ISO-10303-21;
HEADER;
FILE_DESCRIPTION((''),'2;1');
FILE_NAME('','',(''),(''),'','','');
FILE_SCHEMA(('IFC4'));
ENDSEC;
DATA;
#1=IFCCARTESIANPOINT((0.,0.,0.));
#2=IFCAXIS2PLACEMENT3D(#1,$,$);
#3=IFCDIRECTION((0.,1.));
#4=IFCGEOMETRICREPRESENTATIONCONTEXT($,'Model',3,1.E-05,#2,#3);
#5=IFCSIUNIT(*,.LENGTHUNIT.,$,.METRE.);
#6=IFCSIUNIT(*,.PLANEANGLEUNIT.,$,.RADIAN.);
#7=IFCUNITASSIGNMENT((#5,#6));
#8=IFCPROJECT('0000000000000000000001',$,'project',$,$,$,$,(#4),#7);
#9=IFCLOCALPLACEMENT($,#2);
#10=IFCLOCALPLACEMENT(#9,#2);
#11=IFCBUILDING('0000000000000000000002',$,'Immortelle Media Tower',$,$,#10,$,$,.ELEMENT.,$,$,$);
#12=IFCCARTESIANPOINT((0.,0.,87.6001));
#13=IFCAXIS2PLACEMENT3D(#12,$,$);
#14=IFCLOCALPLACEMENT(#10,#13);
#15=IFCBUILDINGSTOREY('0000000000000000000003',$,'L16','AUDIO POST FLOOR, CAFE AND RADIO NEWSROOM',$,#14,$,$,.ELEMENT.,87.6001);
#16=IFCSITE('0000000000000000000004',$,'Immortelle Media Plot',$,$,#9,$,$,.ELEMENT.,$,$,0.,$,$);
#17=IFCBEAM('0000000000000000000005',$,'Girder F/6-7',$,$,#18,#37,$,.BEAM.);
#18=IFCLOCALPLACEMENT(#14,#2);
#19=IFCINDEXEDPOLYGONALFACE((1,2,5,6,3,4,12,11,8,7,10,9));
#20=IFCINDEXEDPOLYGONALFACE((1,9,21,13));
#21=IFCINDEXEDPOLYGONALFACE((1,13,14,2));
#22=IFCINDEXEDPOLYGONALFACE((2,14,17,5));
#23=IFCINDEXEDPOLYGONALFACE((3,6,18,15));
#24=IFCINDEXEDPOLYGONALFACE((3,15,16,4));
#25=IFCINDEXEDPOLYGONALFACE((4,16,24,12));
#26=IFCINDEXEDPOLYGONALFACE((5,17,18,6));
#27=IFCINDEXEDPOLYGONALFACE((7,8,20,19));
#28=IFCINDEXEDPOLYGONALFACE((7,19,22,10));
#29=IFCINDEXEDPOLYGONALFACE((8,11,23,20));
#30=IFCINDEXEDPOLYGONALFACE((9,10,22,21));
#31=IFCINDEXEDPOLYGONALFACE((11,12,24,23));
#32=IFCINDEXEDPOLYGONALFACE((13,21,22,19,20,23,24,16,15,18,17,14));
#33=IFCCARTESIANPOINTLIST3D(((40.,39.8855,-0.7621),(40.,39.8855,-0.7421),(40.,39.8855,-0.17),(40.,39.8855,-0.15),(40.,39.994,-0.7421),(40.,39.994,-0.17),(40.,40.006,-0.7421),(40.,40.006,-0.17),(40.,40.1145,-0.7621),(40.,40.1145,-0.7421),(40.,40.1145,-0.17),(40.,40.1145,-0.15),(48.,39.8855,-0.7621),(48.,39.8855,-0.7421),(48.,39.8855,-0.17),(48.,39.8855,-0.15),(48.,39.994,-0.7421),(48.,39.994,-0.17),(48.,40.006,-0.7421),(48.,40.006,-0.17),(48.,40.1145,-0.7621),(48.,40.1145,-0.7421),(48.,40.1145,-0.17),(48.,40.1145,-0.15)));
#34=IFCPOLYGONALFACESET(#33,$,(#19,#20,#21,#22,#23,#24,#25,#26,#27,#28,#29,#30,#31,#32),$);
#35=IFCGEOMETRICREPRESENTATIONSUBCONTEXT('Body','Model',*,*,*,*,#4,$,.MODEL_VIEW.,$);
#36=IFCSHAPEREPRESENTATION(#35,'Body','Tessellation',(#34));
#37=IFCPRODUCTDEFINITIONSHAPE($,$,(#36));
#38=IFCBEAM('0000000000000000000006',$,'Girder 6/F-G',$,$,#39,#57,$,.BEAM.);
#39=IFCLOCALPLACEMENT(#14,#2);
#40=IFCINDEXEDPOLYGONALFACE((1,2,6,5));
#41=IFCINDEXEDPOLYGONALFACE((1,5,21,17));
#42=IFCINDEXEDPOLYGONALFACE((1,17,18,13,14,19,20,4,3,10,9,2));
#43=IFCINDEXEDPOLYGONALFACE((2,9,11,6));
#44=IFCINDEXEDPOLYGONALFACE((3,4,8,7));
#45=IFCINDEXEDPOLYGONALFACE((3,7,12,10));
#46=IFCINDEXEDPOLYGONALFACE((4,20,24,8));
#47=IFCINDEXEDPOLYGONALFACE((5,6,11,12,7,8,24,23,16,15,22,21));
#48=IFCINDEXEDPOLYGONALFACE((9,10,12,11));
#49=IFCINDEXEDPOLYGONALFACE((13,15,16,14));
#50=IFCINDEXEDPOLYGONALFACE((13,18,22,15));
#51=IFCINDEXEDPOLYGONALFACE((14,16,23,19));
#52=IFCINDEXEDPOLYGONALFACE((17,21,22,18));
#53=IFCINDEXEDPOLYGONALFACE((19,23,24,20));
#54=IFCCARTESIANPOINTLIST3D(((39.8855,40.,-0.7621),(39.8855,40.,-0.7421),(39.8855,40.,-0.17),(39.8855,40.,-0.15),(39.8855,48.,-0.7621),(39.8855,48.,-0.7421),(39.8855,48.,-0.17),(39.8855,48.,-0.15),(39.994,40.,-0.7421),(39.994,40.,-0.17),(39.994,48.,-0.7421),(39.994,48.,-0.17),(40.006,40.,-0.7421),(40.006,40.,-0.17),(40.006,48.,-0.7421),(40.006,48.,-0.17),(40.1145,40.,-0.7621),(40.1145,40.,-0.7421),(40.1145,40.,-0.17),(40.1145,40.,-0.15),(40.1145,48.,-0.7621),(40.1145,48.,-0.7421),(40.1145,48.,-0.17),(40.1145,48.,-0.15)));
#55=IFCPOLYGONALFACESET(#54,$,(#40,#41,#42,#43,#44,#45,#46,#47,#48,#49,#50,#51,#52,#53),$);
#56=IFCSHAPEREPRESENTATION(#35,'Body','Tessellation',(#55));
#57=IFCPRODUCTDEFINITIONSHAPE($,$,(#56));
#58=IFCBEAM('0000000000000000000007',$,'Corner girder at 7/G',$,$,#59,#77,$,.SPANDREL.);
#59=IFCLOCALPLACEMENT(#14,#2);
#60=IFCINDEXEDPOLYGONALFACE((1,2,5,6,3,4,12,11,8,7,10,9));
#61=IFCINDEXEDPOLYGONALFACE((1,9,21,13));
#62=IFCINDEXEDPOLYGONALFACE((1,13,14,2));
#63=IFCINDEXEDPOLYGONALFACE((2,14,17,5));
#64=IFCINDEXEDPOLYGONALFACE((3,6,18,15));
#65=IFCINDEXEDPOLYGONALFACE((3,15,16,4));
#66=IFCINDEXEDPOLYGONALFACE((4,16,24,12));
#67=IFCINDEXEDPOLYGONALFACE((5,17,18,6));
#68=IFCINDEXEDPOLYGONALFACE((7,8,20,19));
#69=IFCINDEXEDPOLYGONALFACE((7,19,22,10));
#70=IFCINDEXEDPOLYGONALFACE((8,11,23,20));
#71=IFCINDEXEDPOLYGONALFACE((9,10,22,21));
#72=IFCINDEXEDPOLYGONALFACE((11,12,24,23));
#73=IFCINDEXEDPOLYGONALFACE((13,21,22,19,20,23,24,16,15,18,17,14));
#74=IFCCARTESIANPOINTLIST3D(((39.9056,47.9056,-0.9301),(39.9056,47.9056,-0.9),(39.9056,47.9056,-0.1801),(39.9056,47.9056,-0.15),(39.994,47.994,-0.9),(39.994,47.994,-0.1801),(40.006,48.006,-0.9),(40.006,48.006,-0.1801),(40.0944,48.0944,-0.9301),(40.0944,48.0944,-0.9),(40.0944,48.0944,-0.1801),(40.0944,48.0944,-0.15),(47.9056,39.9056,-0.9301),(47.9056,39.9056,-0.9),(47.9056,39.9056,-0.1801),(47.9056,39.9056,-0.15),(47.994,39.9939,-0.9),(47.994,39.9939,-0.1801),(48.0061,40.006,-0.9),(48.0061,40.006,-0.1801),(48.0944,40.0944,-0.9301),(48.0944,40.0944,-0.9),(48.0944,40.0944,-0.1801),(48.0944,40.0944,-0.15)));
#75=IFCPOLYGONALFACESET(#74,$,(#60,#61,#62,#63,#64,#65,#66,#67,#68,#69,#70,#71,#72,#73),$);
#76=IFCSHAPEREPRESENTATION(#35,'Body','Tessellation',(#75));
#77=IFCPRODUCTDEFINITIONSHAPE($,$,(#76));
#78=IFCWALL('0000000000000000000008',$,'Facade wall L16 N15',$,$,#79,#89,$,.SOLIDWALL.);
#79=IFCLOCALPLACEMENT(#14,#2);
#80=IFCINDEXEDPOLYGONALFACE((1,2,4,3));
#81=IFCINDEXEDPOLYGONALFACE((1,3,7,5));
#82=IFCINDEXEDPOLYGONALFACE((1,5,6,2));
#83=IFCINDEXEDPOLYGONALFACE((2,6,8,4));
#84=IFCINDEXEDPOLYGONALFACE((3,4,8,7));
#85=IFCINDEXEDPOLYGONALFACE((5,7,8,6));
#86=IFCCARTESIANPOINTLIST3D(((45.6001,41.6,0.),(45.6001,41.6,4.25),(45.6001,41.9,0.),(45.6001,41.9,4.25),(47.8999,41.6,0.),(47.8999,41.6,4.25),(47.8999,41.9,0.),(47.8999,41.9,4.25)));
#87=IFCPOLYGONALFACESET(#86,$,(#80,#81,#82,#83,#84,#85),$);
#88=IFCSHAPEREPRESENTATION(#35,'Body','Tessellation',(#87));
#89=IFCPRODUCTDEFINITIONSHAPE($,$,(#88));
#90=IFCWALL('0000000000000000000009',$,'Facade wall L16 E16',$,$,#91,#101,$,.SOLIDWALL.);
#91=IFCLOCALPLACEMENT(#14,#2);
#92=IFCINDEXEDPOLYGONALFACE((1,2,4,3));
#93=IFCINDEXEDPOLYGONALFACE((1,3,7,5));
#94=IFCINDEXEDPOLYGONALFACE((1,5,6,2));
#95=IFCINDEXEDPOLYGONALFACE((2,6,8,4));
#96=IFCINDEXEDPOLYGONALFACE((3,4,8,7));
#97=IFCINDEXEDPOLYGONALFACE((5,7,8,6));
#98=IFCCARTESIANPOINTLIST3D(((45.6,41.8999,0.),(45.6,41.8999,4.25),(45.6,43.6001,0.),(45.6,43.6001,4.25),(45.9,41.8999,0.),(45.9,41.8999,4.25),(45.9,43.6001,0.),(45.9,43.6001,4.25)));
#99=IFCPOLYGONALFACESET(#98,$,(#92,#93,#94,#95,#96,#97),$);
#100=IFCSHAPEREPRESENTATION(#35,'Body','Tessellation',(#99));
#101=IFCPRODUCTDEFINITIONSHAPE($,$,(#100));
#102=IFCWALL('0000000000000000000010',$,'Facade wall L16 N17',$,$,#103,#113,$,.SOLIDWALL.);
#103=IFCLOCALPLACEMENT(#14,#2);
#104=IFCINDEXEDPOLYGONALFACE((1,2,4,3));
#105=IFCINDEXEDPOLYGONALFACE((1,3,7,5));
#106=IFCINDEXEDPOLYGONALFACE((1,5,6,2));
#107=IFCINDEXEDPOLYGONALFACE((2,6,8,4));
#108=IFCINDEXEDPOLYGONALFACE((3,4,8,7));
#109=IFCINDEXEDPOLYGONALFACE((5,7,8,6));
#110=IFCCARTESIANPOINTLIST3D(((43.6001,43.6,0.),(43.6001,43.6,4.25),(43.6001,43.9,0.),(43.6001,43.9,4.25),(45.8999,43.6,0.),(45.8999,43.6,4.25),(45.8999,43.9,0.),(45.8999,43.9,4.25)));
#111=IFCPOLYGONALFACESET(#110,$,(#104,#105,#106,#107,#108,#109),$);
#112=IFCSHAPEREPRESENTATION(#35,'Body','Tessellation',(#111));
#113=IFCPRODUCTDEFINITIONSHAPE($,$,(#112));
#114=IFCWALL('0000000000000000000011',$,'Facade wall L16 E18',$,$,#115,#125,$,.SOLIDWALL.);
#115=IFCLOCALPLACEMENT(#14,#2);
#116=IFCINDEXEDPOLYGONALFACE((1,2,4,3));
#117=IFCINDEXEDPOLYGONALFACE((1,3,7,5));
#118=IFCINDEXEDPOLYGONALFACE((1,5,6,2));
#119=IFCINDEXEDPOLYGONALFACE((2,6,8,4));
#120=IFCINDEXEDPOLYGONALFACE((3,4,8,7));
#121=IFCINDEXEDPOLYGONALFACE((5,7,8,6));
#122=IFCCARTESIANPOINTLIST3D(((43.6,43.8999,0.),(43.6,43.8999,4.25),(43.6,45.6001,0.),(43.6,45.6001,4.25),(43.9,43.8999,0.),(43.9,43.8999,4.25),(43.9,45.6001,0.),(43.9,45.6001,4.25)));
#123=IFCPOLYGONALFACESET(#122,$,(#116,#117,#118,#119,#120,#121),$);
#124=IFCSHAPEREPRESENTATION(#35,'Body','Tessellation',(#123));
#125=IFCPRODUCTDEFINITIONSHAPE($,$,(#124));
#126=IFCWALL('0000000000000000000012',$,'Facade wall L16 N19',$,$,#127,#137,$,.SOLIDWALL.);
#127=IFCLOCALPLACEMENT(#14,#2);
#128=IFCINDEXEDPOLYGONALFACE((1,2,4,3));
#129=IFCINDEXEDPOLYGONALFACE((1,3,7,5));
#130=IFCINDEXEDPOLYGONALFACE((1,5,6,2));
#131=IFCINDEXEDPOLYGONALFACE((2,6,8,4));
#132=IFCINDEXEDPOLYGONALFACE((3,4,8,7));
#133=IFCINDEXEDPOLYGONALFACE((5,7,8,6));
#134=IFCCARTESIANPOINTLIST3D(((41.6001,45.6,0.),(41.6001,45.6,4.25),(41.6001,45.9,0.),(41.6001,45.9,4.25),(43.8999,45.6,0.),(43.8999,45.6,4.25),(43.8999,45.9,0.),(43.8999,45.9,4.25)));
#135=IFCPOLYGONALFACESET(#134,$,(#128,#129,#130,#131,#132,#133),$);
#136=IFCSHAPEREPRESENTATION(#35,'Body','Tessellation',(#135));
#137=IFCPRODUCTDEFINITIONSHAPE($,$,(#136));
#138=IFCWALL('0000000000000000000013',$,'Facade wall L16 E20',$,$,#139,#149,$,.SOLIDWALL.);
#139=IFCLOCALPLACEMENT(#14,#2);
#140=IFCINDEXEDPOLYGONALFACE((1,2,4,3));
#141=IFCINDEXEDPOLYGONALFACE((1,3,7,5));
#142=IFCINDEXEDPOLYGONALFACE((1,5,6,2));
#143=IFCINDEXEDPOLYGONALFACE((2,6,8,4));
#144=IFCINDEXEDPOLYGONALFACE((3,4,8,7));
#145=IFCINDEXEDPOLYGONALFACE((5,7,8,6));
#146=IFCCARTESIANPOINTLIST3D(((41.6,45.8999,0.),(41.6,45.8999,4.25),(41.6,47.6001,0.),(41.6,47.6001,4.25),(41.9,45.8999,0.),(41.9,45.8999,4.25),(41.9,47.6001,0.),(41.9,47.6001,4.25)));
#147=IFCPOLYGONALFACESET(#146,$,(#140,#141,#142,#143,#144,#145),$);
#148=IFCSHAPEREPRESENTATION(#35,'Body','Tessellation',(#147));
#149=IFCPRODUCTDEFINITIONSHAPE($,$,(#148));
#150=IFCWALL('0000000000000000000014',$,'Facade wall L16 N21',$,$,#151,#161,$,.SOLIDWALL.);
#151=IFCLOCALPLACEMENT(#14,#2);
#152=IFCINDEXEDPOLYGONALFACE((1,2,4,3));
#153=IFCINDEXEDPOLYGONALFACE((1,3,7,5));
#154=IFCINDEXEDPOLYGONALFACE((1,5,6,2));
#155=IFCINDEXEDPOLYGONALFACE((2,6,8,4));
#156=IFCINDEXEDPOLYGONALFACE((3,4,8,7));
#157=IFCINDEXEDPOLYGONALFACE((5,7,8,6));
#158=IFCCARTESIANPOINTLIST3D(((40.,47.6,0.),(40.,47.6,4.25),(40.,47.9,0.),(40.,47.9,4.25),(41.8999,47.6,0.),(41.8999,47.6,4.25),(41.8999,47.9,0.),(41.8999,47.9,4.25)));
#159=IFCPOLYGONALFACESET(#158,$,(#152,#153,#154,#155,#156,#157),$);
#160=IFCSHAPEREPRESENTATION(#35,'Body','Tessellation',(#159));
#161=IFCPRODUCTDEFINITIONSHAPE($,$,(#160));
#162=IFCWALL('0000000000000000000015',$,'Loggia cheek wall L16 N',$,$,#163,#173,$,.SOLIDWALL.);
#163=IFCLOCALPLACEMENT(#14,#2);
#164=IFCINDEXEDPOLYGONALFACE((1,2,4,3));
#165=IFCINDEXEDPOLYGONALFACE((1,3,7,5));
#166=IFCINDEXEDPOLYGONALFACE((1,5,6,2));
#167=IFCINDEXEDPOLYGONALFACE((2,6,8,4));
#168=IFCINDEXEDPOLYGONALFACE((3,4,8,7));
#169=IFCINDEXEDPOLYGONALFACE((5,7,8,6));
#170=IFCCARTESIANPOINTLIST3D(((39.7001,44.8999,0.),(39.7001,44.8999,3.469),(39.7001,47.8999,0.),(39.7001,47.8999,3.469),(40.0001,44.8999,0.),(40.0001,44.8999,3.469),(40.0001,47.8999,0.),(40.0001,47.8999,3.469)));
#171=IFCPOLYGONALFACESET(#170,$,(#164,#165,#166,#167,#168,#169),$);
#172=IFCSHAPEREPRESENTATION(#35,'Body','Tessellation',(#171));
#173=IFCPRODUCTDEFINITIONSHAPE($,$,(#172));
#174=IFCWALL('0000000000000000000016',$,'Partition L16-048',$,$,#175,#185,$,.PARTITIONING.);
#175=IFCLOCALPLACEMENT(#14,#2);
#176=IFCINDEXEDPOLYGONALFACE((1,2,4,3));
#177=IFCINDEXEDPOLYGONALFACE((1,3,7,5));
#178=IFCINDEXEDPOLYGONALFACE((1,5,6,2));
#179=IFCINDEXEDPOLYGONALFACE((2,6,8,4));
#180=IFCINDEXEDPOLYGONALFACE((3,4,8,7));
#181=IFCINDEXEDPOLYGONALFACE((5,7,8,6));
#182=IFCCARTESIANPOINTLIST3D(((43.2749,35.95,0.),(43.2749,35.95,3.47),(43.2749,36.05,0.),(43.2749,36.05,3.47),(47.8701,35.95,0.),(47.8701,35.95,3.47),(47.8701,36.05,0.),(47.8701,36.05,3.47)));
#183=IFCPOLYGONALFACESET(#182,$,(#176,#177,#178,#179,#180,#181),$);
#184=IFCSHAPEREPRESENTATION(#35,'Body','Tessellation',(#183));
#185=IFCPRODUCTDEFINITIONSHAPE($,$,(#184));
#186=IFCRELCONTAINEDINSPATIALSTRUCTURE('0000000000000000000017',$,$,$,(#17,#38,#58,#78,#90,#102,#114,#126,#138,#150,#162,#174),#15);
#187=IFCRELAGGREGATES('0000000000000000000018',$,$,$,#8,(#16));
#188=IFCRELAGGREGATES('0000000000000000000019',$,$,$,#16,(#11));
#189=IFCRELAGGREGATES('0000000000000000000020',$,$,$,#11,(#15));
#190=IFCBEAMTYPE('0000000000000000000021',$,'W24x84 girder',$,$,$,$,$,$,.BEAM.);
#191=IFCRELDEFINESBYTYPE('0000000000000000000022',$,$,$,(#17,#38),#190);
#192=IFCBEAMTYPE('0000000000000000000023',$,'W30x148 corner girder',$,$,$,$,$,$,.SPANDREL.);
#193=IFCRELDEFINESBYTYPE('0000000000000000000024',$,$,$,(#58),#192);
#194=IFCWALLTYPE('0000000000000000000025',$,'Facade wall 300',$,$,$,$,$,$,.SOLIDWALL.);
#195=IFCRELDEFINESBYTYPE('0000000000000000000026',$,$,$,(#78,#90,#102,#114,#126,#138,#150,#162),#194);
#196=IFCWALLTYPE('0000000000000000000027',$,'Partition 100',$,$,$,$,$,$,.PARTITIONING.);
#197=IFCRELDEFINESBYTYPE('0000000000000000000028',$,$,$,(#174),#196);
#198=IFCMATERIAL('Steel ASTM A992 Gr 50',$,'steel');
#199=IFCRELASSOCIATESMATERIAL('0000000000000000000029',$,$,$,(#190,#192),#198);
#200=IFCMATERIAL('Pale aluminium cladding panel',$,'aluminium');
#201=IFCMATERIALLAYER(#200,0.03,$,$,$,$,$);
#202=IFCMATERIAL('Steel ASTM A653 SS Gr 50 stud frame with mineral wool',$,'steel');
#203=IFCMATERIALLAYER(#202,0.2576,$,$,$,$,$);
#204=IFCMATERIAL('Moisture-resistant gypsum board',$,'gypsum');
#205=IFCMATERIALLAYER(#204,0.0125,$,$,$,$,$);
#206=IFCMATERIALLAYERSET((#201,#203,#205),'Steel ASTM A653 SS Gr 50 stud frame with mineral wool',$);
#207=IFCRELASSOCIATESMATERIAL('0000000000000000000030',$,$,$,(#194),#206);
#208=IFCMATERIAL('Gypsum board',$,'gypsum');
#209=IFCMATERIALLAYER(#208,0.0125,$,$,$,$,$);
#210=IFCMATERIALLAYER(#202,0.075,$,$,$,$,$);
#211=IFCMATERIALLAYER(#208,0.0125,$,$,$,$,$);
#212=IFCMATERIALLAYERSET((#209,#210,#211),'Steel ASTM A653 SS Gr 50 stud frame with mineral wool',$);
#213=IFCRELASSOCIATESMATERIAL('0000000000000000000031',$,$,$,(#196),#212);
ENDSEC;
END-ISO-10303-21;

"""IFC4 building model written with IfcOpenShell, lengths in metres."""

from ifc_helpers import new_model, si_unit, direction, frame, frame_2d, origin, origin_2d, place, context, subcontext, project, spatial, rectangle, i_section, extrude, material, layer, layer_set, material_profile, profile_set, type_object, element, save


model = new_model("IFC4")

# Units and contexts
model_context = context("Model", 3, precision=1e-05, world=origin(), true_north=direction((0.0, 1.0)))
body_context = subcontext(model_context, "Body", "Model", "MODEL_VIEW")
ifc_project = project(units=[si_unit("LENGTHUNIT", "METRE"), si_unit("PLANEANGLEUNIT", "RADIAN")], contexts=[model_context])

# Site, building, storey
site_placement = place(None, origin())
site = spatial("IfcSite", under=ifc_project, at=site_placement, Name="Immortelle Media Plot", CompositionType="ELEMENT", RefElevation=0.0)
building_placement = place(site_placement, origin())
building = spatial("IfcBuilding", under=site, at=building_placement, Name="Immortelle Media Tower", CompositionType="ELEMENT")
storey_placement = place(building_placement, frame((0.0, 0.0, 87.6001)))
storey = spatial("IfcBuildingStorey", under=building, at=storey_placement, Name="L16", Description="AUDIO POST FLOOR, CAFE AND RADIO NEWSROOM", CompositionType="ELEMENT", Elevation=87.6001)

# Shared definitions
ifc_material_1 = material(Name="Steel ASTM A992 Gr 50", Category="steel")

# Beams
ifc_material_profile_1 = material_profile(ifc_material_1, i_section(OverallWidth=0.229, OverallDepth=0.6121, WebThickness=0.012, FlangeThickness=0.02, at=origin_2d()), Name="W24x84")
ifc_profile_set_1 = profile_set([ifc_material_profile_1], Name="Steel ASTM A992 Gr 50")
beam_type_1 = type_object("IfcBeamType", Name="W24x84 girder", PredefinedType="BEAM", material=ifc_profile_set_1)
for number, where, z_axis, x_axis, name in (
    (1, (40.0, 40.0, -0.4561), (1.0, 0.0, 0.0), (0.0, 1.0, 0.0), "Girder F/6-7"),
    (2, (40.0, 40.0, -0.4561), (0.0, 1.0, 0.0), (-1.0, 0.0, 0.0), "Girder 6/F-G"),
):
    element("IfcBeam", number, at=place(storey_placement, frame(where, z_axis=z_axis, x_axis=x_axis)), inside=storey, type_object=beam_type_1, Name=name, PredefinedType="BEAM", context=body_context, shape_type="SweptSolid", body=[
        extrude(i_section(OverallWidth=0.229, OverallDepth=0.6121, WebThickness=0.012, FlangeThickness=0.02, at=origin_2d()), origin(), (0.0, 0.0, 1.0), 8.0),
    ])
ifc_material_profile_2 = material_profile(ifc_material_1, i_section(OverallWidth=0.2671, OverallDepth=0.78, WebThickness=0.0171, FlangeThickness=0.03, at=origin_2d()), Name="W30x148")
ifc_profile_set_2 = profile_set([ifc_material_profile_2], Name="Steel ASTM A992 Gr 50")
beam_type_2 = type_object("IfcBeamType", Name="W30x148 corner girder", PredefinedType="SPANDREL", material=ifc_profile_set_2)
beam_1_placement = place(storey_placement, frame((40.0, 48.0, -0.54), z_axis=(0.707107, -0.707107, 0.0), x_axis=(0.707107, 0.707107, 0.0)))
element("IfcBeam", 3, at=beam_1_placement, inside=storey, type_object=beam_type_2, Name="Corner girder at 7/G", PredefinedType="SPANDREL", context=body_context, shape_type="SweptSolid", body=[
    extrude(i_section(OverallWidth=0.2671, OverallDepth=0.78, WebThickness=0.0171, FlangeThickness=0.03, at=origin_2d()), origin(), (0.0, 0.0, 1.0), 11.3137),
])

# Walls
ifc_material_2 = material(Name="Pale aluminium cladding panel", Category="aluminium")
ifc_layer_1 = layer(ifc_material_2, 0.03)
ifc_material_3 = material(Name="Steel ASTM A653 SS Gr 50 stud frame with mineral wool", Category="steel")
ifc_layer_2 = layer(ifc_material_3, 0.2576)
ifc_material_4 = material(Name="Moisture-resistant gypsum board", Category="gypsum")
ifc_layer_3 = layer(ifc_material_4, 0.0125)
ifc_layer_set_1 = layer_set([ifc_layer_1, ifc_layer_2, ifc_layer_3], Name="Steel ASTM A653 SS Gr 50 stud frame with mineral wool")
wall_type_1 = type_object("IfcWallType", Name="Facade wall 300", PredefinedType="SOLIDWALL", material=ifc_layer_set_1)
wall_1_placement = place(storey_placement, frame((47.8999, 41.75, 0.0), z_axis=(0.0, 0.0, 1.0), x_axis=(-1.0, 0.0, 0.0)))
element("IfcWall", 4, at=wall_1_placement, inside=storey, type_object=wall_type_1, Name="Facade wall L16 N15", PredefinedType="SOLIDWALL", context=body_context, shape_type="SweptSolid", body=[
    extrude(rectangle(XDim=2.2998, YDim=0.3, at=frame_2d((1.1499, 0.0))), origin(), (0.0, 0.0, 1.0), 4.25),
])
wall_2_placement = place(storey_placement, frame((45.75, 41.8999, 0.0), z_axis=(0.0, 0.0, 1.0), x_axis=(0.0, 1.0, 0.0)))
element("IfcWall", 5, at=wall_2_placement, inside=storey, type_object=wall_type_1, Name="Facade wall L16 E16", PredefinedType="SOLIDWALL", context=body_context, shape_type="SweptSolid", body=[
    extrude(rectangle(XDim=1.7002, YDim=0.3, at=frame_2d((0.8501, 0.0))), origin(), (0.0, 0.0, 1.0), 4.25),
])
wall_3_placement = place(storey_placement, frame((45.8999, 43.75, 0.0), z_axis=(0.0, 0.0, 1.0), x_axis=(-1.0, 0.0, 0.0)))
element("IfcWall", 6, at=wall_3_placement, inside=storey, type_object=wall_type_1, Name="Facade wall L16 N17", PredefinedType="SOLIDWALL", context=body_context, shape_type="SweptSolid", body=[
    extrude(rectangle(XDim=2.2998, YDim=0.3, at=frame_2d((1.1499, 0.0))), origin(), (0.0, 0.0, 1.0), 4.25),
])
wall_4_placement = place(storey_placement, frame((43.75, 43.8999, 0.0), z_axis=(0.0, 0.0, 1.0), x_axis=(0.0, 1.0, 0.0)))
element("IfcWall", 7, at=wall_4_placement, inside=storey, type_object=wall_type_1, Name="Facade wall L16 E18", PredefinedType="SOLIDWALL", context=body_context, shape_type="SweptSolid", body=[
    extrude(rectangle(XDim=1.7002, YDim=0.3, at=frame_2d((0.8501, 0.0))), origin(), (0.0, 0.0, 1.0), 4.25),
])
wall_5_placement = place(storey_placement, frame((43.8999, 45.75, 0.0), z_axis=(0.0, 0.0, 1.0), x_axis=(-1.0, 0.0, 0.0)))
element("IfcWall", 8, at=wall_5_placement, inside=storey, type_object=wall_type_1, Name="Facade wall L16 N19", PredefinedType="SOLIDWALL", context=body_context, shape_type="SweptSolid", body=[
    extrude(rectangle(XDim=2.2998, YDim=0.3, at=frame_2d((1.1499, 0.0))), origin(), (0.0, 0.0, 1.0), 4.25),
])
wall_6_placement = place(storey_placement, frame((41.75, 45.8999, 0.0), z_axis=(0.0, 0.0, 1.0), x_axis=(0.0, 1.0, 0.0)))
element("IfcWall", 9, at=wall_6_placement, inside=storey, type_object=wall_type_1, Name="Facade wall L16 E20", PredefinedType="SOLIDWALL", context=body_context, shape_type="SweptSolid", body=[
    extrude(rectangle(XDim=1.7002, YDim=0.3, at=frame_2d((0.8501, 0.0))), origin(), (0.0, 0.0, 1.0), 4.25),
])
wall_7_placement = place(storey_placement, frame((41.8999, 47.75, 0.0), z_axis=(0.0, 0.0, 1.0), x_axis=(-1.0, 0.0, 0.0)))
element("IfcWall", 10, at=wall_7_placement, inside=storey, type_object=wall_type_1, Name="Facade wall L16 N21", PredefinedType="SOLIDWALL", context=body_context, shape_type="SweptSolid", body=[
    extrude(rectangle(XDim=1.8999, YDim=0.3, at=frame_2d((0.95, 0.0))), origin(), (0.0, 0.0, 1.0), 4.25),
])

# Walls
wall_8_placement = place(storey_placement, frame((39.8501, 47.8999, 0.0), z_axis=(0.0, 0.0, 1.0), x_axis=(0.0, -1.0, 0.0)))
element("IfcWall", 11, at=wall_8_placement, inside=storey, type_object=wall_type_1, Name="Loggia cheek wall L16 N", PredefinedType="SOLIDWALL", context=body_context, shape_type="SweptSolid", body=[
    extrude(rectangle(XDim=3.0, YDim=0.3, at=frame_2d((1.5, 0.0))), origin(), (0.0, 0.0, 1.0), 3.469),
])
ifc_material_5 = material(Name="Gypsum board", Category="gypsum")
ifc_layer_4 = layer(ifc_material_5, 0.0125)
ifc_layer_5 = layer(ifc_material_3, 0.075)
ifc_layer_6 = layer(ifc_material_5, 0.0125)
ifc_layer_set_2 = layer_set([ifc_layer_4, ifc_layer_5, ifc_layer_6], Name="Steel ASTM A653 SS Gr 50 stud frame with mineral wool")
wall_type_2 = type_object("IfcWallType", Name="Partition 100", PredefinedType="PARTITIONING", material=ifc_layer_set_2)
for number, where, z_axis, x_axis, name in (
    (12, (43.2749, 36.0, 0.0), (0.0, 0.0, 1.0), (1.0, 0.0, 0.0), "Partition L16-048"),
):
    element("IfcWall", number, at=place(storey_placement, frame(where, z_axis=z_axis, x_axis=x_axis)), inside=storey, type_object=wall_type_2, Name=name, PredefinedType="PARTITIONING", context=body_context, shape_type="SweptSolid", body=[
        extrude(rectangle(XDim=4.5952, YDim=0.1001, at=frame_2d((2.2976, 0.0))), origin(), (0.0, 0.0, 1.0), 3.47),
    ])

save(model, "model.ifc")
